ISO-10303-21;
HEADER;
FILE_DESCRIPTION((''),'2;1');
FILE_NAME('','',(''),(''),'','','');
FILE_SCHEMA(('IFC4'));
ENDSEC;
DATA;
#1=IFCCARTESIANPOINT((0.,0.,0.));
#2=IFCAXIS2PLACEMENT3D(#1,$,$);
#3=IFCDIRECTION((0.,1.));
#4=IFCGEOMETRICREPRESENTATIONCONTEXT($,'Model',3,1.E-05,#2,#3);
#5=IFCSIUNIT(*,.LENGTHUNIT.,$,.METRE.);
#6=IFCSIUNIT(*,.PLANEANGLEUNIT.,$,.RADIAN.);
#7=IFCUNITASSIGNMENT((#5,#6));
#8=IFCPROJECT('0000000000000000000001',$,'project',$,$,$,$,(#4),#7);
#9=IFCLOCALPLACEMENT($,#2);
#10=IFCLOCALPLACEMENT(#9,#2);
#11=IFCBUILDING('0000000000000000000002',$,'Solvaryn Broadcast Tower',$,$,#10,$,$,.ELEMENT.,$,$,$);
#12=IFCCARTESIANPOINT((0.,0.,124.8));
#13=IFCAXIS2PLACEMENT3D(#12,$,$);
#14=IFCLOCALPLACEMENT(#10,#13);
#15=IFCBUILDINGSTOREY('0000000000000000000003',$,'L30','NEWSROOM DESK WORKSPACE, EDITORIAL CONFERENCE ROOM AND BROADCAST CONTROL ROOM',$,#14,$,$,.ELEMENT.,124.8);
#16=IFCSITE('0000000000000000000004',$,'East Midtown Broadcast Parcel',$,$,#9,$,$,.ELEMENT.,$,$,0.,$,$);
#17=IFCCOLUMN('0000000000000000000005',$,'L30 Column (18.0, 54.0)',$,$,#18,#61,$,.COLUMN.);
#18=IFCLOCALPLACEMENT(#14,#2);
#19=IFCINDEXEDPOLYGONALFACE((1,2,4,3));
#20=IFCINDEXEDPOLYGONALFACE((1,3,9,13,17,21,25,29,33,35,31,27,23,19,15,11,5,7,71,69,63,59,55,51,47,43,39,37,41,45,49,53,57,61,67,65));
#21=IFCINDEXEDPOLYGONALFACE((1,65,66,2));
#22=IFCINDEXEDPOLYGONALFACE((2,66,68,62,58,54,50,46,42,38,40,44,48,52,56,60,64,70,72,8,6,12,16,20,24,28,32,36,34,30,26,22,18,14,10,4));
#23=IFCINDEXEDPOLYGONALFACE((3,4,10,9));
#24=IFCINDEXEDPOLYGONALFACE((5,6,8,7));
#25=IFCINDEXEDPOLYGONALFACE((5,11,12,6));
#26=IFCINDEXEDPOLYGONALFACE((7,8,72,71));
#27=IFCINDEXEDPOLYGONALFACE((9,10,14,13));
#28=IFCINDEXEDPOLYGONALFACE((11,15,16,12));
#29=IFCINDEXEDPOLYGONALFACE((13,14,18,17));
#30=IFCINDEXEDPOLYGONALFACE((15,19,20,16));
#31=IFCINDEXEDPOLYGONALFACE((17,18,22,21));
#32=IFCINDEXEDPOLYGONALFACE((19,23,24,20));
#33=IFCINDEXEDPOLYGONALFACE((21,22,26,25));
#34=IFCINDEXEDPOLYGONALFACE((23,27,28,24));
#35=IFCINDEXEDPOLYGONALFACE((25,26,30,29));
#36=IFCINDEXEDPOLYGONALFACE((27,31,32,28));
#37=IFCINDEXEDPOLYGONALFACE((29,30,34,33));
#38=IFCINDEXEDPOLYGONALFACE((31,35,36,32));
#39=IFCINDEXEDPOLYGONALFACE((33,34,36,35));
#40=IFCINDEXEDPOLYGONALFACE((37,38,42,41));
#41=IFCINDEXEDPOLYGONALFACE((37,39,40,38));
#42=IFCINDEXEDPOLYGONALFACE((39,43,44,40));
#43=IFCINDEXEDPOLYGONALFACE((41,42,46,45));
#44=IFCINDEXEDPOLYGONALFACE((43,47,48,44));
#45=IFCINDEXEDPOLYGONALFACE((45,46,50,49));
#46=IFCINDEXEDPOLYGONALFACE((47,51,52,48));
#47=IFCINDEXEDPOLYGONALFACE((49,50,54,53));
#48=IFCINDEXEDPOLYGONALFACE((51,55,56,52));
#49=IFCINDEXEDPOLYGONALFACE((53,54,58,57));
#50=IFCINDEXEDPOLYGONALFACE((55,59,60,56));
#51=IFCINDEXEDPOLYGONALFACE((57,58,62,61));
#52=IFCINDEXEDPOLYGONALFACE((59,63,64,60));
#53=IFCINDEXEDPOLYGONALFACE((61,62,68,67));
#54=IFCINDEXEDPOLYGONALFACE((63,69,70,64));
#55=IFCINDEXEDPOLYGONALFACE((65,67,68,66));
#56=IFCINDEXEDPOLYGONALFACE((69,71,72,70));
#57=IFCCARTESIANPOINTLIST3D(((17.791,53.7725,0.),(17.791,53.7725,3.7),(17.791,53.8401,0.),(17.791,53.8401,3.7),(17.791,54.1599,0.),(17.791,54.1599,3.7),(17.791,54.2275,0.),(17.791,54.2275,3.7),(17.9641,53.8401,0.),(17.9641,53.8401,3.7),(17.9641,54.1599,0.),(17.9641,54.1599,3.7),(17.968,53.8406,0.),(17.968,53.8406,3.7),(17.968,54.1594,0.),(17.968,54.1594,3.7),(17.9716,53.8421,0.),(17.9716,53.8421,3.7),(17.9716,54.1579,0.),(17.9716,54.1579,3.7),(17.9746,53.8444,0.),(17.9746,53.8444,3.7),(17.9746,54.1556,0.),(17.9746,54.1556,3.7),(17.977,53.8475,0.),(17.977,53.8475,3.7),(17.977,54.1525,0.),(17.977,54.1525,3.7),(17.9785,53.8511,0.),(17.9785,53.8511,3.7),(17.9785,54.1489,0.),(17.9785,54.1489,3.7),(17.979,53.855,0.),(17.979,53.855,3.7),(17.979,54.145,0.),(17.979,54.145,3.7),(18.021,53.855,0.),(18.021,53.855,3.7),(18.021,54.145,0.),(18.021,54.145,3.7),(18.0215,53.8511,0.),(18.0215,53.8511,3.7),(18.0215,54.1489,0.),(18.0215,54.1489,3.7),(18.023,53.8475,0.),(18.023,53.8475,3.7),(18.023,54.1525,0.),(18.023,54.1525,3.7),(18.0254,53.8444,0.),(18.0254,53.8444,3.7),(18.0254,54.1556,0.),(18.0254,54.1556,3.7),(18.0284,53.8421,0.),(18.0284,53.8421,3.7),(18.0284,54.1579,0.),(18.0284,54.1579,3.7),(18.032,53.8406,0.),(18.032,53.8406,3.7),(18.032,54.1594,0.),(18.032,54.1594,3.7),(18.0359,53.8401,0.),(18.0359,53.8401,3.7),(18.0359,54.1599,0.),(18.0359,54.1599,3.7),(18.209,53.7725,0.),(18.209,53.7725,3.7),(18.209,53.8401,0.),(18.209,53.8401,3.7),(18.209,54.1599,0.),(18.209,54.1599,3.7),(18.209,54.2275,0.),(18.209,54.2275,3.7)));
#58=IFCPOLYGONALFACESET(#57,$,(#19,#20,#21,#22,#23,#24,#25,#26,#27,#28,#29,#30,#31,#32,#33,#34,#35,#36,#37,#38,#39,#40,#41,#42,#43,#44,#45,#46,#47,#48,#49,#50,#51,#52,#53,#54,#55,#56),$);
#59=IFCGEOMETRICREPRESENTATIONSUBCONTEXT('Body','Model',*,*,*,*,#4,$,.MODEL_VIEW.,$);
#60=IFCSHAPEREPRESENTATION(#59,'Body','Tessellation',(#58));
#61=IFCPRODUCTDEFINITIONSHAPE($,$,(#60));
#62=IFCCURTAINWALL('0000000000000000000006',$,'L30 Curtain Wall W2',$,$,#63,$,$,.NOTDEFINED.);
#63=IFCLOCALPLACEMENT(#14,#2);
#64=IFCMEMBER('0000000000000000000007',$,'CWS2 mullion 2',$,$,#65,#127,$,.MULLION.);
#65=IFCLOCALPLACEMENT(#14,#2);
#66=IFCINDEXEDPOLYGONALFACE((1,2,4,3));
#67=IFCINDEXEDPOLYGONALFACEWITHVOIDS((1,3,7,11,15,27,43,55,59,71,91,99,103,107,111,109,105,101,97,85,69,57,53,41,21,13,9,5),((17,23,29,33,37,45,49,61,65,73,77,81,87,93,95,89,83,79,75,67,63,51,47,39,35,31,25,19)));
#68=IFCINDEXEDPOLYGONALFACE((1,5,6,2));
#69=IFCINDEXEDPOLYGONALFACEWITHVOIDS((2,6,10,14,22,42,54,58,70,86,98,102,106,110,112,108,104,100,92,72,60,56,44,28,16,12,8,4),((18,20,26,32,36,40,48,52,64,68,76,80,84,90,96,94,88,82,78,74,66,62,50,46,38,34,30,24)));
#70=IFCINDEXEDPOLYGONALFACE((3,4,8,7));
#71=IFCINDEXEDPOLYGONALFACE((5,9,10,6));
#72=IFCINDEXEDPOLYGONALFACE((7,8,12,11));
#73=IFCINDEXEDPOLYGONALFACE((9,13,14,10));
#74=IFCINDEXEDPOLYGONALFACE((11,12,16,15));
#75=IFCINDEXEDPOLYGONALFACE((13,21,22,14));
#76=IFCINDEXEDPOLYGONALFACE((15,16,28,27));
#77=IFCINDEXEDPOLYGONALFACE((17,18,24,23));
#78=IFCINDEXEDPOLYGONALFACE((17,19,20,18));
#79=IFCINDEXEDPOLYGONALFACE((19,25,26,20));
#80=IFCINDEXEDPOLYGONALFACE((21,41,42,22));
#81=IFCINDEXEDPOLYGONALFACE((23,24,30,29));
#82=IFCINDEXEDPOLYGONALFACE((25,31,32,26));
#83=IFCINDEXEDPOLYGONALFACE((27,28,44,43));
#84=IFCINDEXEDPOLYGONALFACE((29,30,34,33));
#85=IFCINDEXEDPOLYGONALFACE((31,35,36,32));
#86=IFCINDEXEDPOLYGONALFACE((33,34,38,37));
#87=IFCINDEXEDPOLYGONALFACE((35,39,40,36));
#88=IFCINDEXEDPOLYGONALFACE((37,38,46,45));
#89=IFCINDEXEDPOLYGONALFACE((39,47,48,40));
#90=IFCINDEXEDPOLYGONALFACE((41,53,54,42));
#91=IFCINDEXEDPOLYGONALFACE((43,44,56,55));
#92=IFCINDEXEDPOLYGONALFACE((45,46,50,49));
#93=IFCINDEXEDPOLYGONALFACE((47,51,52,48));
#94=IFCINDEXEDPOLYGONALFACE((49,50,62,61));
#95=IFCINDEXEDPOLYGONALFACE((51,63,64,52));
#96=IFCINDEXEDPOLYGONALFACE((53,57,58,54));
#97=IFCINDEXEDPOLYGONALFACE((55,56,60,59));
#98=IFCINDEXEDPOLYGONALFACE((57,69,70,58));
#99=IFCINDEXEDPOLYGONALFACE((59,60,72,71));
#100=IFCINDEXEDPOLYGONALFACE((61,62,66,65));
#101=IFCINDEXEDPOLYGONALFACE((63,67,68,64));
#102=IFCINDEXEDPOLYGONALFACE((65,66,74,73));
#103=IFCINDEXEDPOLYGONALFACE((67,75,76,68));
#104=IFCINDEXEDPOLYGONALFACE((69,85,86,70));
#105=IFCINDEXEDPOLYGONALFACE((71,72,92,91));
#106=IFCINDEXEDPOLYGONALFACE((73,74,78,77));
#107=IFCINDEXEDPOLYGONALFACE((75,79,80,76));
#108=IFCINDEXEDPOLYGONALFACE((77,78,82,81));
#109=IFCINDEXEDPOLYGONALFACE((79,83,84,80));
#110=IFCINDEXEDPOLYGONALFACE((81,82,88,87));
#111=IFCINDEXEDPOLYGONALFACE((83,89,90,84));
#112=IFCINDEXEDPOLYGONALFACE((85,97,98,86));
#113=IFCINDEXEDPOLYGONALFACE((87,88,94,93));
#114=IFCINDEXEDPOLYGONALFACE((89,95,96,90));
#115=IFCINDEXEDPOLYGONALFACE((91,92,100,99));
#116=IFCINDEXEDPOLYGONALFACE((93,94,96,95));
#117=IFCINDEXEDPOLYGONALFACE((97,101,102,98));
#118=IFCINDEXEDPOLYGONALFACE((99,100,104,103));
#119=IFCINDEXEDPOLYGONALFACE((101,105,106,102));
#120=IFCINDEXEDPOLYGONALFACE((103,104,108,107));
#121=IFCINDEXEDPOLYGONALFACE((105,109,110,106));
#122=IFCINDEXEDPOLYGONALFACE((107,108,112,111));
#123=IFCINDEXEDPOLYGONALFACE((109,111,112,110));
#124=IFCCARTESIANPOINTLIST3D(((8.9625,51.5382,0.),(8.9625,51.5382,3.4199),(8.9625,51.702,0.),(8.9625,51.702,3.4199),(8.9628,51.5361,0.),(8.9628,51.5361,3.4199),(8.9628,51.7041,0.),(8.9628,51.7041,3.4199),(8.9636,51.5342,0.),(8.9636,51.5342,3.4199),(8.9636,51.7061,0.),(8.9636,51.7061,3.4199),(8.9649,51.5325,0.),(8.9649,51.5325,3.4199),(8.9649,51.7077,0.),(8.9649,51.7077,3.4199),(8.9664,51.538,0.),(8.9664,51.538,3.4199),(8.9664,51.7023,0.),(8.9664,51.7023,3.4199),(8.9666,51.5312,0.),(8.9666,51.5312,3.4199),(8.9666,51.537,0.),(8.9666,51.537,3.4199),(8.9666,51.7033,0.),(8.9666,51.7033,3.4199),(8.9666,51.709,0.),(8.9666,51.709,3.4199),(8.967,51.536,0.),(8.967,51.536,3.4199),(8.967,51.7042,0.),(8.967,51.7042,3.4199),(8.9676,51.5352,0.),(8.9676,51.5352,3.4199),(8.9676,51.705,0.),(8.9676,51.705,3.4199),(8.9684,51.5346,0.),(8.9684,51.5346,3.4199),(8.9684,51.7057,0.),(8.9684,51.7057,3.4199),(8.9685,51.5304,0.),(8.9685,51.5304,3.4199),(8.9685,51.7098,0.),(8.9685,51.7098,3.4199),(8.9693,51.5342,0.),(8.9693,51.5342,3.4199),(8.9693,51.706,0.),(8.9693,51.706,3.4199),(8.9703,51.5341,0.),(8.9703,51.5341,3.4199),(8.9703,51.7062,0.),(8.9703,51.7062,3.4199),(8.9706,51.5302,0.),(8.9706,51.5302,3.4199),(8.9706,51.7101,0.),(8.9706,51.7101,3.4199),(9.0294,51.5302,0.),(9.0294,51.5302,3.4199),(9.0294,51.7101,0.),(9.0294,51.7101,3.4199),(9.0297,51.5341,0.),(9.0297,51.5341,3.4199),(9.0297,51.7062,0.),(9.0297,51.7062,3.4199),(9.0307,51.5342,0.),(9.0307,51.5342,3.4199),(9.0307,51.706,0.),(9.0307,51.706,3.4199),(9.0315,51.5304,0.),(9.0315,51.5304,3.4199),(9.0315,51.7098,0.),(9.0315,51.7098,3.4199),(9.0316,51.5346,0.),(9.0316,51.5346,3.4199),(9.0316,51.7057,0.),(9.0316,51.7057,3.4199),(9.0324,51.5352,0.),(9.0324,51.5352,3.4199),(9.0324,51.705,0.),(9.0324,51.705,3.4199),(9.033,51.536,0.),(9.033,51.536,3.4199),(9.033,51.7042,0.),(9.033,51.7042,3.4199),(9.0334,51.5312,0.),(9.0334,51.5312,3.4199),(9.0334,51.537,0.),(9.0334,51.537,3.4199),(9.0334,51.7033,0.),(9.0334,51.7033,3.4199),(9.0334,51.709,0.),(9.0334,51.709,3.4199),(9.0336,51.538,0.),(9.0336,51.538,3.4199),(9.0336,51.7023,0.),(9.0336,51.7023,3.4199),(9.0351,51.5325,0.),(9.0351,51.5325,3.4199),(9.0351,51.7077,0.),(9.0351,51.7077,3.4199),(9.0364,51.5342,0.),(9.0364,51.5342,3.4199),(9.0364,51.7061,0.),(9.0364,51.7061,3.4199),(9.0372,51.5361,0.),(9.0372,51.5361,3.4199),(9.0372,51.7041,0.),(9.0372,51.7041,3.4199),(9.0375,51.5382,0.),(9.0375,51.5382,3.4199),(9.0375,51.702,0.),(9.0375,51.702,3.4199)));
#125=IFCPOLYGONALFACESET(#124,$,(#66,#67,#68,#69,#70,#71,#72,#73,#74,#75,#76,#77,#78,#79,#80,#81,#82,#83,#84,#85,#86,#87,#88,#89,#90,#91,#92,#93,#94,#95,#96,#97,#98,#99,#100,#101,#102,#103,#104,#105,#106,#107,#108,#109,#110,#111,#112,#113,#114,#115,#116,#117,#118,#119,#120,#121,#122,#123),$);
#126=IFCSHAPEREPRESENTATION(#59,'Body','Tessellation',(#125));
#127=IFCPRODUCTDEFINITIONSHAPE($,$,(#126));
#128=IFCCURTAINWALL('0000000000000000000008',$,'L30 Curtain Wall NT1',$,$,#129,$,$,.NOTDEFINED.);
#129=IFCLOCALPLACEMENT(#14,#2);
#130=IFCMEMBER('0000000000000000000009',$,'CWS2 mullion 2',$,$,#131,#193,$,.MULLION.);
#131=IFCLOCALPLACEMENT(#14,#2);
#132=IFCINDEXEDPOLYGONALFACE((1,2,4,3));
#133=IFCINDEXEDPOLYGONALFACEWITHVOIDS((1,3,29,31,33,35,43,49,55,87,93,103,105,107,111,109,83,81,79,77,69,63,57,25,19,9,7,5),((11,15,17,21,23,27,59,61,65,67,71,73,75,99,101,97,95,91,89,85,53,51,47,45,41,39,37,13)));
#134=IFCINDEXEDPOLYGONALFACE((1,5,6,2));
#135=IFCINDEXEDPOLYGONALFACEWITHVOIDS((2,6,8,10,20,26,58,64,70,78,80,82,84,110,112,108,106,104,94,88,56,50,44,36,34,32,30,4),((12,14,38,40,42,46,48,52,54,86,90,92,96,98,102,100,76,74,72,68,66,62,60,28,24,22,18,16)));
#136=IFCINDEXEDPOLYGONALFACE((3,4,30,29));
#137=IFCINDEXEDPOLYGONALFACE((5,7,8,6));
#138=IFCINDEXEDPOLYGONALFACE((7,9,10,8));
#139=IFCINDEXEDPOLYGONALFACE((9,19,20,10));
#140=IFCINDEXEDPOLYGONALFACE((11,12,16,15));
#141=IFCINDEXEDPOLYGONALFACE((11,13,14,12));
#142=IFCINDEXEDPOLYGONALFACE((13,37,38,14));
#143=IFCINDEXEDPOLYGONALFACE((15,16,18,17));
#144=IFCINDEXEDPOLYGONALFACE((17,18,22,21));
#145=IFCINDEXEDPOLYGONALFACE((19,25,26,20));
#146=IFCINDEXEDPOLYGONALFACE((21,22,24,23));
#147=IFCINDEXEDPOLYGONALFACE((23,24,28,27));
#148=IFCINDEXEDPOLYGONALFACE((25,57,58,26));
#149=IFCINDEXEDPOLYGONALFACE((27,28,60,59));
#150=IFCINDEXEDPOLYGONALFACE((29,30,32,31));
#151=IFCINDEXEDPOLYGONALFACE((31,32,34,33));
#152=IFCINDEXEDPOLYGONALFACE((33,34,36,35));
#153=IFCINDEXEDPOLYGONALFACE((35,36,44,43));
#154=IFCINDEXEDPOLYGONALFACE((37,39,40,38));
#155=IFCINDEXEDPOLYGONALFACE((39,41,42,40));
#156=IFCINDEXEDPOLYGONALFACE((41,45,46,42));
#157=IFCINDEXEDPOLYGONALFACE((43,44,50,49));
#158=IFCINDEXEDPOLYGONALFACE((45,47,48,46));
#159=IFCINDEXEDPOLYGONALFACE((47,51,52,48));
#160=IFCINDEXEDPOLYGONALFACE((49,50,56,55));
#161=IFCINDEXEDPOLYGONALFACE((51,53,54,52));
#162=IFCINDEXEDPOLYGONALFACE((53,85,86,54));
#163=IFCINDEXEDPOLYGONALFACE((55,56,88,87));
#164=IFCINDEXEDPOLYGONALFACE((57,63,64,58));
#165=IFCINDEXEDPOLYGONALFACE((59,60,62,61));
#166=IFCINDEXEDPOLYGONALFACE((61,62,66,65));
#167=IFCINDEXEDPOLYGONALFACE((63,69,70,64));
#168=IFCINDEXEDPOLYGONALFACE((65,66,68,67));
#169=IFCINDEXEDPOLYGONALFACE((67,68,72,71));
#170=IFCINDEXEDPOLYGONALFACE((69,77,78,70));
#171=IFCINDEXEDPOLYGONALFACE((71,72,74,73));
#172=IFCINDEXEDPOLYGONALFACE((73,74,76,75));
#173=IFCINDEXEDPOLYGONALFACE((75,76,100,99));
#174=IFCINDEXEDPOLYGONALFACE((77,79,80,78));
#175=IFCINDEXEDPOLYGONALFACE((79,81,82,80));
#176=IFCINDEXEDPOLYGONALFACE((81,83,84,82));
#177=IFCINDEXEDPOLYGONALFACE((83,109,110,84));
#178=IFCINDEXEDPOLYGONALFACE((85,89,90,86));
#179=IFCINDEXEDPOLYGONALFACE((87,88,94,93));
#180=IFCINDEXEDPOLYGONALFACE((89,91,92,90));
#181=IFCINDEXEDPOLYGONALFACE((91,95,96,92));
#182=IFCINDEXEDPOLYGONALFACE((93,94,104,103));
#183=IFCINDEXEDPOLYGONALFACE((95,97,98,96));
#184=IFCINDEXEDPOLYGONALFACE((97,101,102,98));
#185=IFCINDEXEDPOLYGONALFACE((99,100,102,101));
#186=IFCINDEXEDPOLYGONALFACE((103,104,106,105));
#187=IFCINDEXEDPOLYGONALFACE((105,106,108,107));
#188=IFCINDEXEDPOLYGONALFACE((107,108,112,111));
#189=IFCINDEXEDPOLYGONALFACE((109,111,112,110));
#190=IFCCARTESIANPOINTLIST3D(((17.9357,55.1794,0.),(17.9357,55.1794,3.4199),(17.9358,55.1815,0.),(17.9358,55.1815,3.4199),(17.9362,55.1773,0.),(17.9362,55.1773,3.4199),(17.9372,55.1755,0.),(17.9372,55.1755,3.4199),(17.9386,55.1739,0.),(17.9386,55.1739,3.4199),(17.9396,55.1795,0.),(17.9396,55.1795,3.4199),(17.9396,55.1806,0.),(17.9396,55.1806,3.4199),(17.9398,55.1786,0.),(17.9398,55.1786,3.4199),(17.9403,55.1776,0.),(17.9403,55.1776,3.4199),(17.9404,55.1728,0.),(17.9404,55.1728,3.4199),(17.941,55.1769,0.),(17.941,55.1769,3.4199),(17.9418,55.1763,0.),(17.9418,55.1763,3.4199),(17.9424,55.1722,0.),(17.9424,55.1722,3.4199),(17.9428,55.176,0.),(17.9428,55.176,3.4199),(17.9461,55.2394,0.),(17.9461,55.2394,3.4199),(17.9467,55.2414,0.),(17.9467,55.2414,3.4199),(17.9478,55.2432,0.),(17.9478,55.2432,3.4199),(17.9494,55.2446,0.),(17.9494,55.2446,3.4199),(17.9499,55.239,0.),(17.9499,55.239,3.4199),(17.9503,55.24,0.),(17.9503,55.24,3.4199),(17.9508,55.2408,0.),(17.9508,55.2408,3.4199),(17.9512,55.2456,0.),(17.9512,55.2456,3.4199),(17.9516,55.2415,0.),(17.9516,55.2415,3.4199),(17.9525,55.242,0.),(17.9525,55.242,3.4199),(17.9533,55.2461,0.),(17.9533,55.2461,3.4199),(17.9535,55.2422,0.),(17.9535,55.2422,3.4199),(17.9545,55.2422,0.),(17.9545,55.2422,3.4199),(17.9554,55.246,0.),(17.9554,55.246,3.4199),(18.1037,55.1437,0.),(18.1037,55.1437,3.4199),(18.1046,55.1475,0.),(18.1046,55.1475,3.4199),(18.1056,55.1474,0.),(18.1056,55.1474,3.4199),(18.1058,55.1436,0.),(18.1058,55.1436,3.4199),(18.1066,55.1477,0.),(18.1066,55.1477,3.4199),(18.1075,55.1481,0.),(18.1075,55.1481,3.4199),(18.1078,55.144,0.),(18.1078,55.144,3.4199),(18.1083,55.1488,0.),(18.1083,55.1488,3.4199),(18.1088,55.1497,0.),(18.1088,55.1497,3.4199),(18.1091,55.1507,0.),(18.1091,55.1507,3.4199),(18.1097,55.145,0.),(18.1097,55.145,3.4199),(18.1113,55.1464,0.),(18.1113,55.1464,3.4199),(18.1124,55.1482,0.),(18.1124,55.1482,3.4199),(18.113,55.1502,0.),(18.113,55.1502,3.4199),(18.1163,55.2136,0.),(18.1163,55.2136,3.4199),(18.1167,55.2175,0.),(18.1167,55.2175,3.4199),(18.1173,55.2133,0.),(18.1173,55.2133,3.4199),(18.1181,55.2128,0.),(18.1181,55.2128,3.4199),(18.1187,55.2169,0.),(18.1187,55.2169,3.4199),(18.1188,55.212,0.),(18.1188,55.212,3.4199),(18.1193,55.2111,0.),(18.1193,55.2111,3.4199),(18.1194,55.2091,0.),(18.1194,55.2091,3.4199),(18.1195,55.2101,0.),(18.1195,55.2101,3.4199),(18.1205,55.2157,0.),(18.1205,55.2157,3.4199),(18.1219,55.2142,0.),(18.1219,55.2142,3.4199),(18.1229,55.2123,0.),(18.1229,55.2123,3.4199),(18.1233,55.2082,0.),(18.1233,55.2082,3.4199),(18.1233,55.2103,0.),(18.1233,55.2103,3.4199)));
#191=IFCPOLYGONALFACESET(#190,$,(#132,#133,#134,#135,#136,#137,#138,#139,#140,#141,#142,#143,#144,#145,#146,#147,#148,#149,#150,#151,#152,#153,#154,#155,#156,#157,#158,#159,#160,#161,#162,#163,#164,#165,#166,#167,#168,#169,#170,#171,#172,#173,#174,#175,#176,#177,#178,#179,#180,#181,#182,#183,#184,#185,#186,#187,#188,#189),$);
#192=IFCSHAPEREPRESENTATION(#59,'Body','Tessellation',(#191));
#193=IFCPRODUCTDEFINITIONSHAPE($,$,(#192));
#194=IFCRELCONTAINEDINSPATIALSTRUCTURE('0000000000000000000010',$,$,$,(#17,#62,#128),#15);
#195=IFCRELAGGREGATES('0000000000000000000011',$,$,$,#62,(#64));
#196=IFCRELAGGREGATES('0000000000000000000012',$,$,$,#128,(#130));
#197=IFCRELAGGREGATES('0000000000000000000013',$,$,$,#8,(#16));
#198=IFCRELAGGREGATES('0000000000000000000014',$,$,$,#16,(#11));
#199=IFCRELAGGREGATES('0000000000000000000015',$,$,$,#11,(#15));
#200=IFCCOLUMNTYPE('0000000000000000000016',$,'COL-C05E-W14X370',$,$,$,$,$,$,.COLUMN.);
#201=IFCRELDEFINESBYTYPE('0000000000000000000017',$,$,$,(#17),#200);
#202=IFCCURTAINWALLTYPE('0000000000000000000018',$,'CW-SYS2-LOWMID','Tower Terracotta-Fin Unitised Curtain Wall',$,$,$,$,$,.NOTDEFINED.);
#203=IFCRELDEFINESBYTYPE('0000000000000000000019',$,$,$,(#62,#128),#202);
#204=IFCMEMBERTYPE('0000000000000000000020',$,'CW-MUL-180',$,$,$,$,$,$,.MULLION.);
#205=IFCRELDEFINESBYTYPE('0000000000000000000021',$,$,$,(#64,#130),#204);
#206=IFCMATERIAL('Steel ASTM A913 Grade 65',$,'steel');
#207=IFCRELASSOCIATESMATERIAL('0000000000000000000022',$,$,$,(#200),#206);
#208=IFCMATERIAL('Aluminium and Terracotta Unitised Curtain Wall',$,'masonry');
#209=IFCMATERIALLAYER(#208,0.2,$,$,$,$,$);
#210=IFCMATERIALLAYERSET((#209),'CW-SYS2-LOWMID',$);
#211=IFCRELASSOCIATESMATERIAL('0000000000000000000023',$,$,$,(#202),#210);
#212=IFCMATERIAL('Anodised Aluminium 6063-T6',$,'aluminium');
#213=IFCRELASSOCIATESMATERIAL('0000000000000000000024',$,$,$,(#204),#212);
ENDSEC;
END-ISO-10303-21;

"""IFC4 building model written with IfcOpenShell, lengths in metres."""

from ifc_helpers import new_model, si_unit, direction, frame, origin, origin_2d, place, context, subcontext, project, spatial, hollow_rectangle, i_section, extrude, material, layer, layer_set, material_profile, profile_set, type_object, element, aggregate, save


model = new_model("IFC4")

# Units and contexts
model_context = context("Model", 3, precision=1e-05, world=origin(), true_north=direction((0.0, 1.0)))
body_context = subcontext(model_context, "Body", "Model", "MODEL_VIEW")
ifc_project = project(units=[si_unit("LENGTHUNIT", "METRE"), si_unit("PLANEANGLEUNIT", "RADIAN")], contexts=[model_context])

# Site, building, storey
site_placement = place(None, origin())
site = spatial("IfcSite", under=ifc_project, at=site_placement, Name="East Midtown Broadcast Parcel", CompositionType="ELEMENT", RefElevation=0.0)
building_placement = place(site_placement, origin())
building = spatial("IfcBuilding", under=site, at=building_placement, Name="Solvaryn Broadcast Tower", CompositionType="ELEMENT")
storey_placement = place(building_placement, frame((0.0, 0.0, 124.8)))
storey = spatial("IfcBuildingStorey", under=building, at=storey_placement, Name="L30", Description="NEWSROOM DESK WORKSPACE, EDITORIAL CONFERENCE ROOM AND BROADCAST CONTROL ROOM", CompositionType="ELEMENT", Elevation=124.8)

# Column
ifc_material_1 = material(Name="Steel ASTM A913 Grade 65", Category="steel")
ifc_material_profile_1 = material_profile(ifc_material_1, i_section(OverallWidth=0.418, OverallDepth=0.4551, WebThickness=0.042, FlangeThickness=0.0676, FilletRadius=0.0149, at=origin_2d()))
ifc_profile_set_1 = profile_set([ifc_material_profile_1], Name="Steel ASTM A913 Grade 65")
column_type = type_object("IfcColumnType", Name="COL-C05E-W14X370", PredefinedType="COLUMN", material=ifc_profile_set_1)
column_placement = place(storey_placement, frame((18.0, 54.0, 0.0), z_axis=(0.0, 0.0, 1.0), x_axis=(1.0, 0.0, 0.0)))
element("IfcColumn", 1, at=column_placement, inside=storey, type_object=column_type, Name="L30 Column (18.0, 54.0)", PredefinedType="COLUMN", context=body_context, shape_type="SweptSolid", body=[
    extrude(i_section(OverallWidth=0.418, OverallDepth=0.4551, WebThickness=0.042, FlangeThickness=0.0676, FilletRadius=0.0149, at=origin_2d()), origin(), (0.0, 0.0, 1.0), 3.7),
])

# Curtain walls, members
ifc_material_2 = material(Name="Aluminium and Terracotta Unitised Curtain Wall", Category="masonry")
ifc_layer_1 = layer(ifc_material_2, 0.2)
ifc_layer_set_1 = layer_set([ifc_layer_1], Name="CW-SYS2-LOWMID")
curtain_wall_type = type_object("IfcCurtainWallType", Name="CW-SYS2-LOWMID", Description="Tower Terracotta-Fin Unitised Curtain Wall", PredefinedType="NOTDEFINED", material=ifc_layer_set_1)
curtain_wall_1_placement = place(storey_placement, origin())
curtain_wall_1 = element("IfcCurtainWall", 2, at=curtain_wall_1_placement, inside=storey, type_object=curtain_wall_type, Name="L30 Curtain Wall W2", PredefinedType="NOTDEFINED")
ifc_material_3 = material(Name="Anodised Aluminium 6063-T6", Category="aluminium")
ifc_material_profile_2 = material_profile(ifc_material_3, hollow_rectangle(XDim=0.075, YDim=0.1799, WallThickness=0.0039, InnerFilletRadius=0.0039, OuterFilletRadius=0.0081, at=origin_2d()))
ifc_profile_set_2 = profile_set([ifc_material_profile_2], Name="Anodised Aluminium 6063-T6")
member_type_1 = type_object("IfcMemberType", Name="CW-MUL-180", PredefinedType="MULLION", material=ifc_profile_set_2)
member_1_placement = place(storey_placement, frame((9.0, 51.6201, 0.0), z_axis=(0.0, 0.0, 1.0), x_axis=(-1.0, 0.0, 0.0)))
member_1 = element("IfcMember", 3, at=member_1_placement, type_object=member_type_1, Name="CWS2 mullion 2", PredefinedType="MULLION", context=body_context, shape_type="SweptSolid", body=[
    extrude(hollow_rectangle(XDim=0.075, YDim=0.1799, WallThickness=0.0039, InnerFilletRadius=0.0039, OuterFilletRadius=0.0081, at=origin_2d()), origin(), (0.0, 0.0, 1.0), 3.4199),
])
curtain_wall_2_placement = place(storey_placement, origin())
curtain_wall_2 = element("IfcCurtainWall", 4, at=curtain_wall_2_placement, inside=storey, type_object=curtain_wall_type, Name="L30 Curtain Wall NT1", PredefinedType="NOTDEFINED")
member_2_placement = place(storey_placement, frame((18.0295, 55.1948, 0.0), z_axis=(0.0, 0.0, 1.0), x_axis=(-0.173785, -0.984784, 0.0)))
member_2 = element("IfcMember", 5, at=member_2_placement, type_object=member_type_1, Name="CWS2 mullion 2", PredefinedType="MULLION", context=body_context, shape_type="SweptSolid", body=[
    extrude(hollow_rectangle(XDim=0.075, YDim=0.1799, WallThickness=0.0039, InnerFilletRadius=0.0039, OuterFilletRadius=0.0081, at=origin_2d()), origin(), (0.0, 0.0, 1.0), 3.4199),
])

aggregate(curtain_wall_1, [member_1])
aggregate(curtain_wall_2, [member_2])

save(model, "model.ifc")
